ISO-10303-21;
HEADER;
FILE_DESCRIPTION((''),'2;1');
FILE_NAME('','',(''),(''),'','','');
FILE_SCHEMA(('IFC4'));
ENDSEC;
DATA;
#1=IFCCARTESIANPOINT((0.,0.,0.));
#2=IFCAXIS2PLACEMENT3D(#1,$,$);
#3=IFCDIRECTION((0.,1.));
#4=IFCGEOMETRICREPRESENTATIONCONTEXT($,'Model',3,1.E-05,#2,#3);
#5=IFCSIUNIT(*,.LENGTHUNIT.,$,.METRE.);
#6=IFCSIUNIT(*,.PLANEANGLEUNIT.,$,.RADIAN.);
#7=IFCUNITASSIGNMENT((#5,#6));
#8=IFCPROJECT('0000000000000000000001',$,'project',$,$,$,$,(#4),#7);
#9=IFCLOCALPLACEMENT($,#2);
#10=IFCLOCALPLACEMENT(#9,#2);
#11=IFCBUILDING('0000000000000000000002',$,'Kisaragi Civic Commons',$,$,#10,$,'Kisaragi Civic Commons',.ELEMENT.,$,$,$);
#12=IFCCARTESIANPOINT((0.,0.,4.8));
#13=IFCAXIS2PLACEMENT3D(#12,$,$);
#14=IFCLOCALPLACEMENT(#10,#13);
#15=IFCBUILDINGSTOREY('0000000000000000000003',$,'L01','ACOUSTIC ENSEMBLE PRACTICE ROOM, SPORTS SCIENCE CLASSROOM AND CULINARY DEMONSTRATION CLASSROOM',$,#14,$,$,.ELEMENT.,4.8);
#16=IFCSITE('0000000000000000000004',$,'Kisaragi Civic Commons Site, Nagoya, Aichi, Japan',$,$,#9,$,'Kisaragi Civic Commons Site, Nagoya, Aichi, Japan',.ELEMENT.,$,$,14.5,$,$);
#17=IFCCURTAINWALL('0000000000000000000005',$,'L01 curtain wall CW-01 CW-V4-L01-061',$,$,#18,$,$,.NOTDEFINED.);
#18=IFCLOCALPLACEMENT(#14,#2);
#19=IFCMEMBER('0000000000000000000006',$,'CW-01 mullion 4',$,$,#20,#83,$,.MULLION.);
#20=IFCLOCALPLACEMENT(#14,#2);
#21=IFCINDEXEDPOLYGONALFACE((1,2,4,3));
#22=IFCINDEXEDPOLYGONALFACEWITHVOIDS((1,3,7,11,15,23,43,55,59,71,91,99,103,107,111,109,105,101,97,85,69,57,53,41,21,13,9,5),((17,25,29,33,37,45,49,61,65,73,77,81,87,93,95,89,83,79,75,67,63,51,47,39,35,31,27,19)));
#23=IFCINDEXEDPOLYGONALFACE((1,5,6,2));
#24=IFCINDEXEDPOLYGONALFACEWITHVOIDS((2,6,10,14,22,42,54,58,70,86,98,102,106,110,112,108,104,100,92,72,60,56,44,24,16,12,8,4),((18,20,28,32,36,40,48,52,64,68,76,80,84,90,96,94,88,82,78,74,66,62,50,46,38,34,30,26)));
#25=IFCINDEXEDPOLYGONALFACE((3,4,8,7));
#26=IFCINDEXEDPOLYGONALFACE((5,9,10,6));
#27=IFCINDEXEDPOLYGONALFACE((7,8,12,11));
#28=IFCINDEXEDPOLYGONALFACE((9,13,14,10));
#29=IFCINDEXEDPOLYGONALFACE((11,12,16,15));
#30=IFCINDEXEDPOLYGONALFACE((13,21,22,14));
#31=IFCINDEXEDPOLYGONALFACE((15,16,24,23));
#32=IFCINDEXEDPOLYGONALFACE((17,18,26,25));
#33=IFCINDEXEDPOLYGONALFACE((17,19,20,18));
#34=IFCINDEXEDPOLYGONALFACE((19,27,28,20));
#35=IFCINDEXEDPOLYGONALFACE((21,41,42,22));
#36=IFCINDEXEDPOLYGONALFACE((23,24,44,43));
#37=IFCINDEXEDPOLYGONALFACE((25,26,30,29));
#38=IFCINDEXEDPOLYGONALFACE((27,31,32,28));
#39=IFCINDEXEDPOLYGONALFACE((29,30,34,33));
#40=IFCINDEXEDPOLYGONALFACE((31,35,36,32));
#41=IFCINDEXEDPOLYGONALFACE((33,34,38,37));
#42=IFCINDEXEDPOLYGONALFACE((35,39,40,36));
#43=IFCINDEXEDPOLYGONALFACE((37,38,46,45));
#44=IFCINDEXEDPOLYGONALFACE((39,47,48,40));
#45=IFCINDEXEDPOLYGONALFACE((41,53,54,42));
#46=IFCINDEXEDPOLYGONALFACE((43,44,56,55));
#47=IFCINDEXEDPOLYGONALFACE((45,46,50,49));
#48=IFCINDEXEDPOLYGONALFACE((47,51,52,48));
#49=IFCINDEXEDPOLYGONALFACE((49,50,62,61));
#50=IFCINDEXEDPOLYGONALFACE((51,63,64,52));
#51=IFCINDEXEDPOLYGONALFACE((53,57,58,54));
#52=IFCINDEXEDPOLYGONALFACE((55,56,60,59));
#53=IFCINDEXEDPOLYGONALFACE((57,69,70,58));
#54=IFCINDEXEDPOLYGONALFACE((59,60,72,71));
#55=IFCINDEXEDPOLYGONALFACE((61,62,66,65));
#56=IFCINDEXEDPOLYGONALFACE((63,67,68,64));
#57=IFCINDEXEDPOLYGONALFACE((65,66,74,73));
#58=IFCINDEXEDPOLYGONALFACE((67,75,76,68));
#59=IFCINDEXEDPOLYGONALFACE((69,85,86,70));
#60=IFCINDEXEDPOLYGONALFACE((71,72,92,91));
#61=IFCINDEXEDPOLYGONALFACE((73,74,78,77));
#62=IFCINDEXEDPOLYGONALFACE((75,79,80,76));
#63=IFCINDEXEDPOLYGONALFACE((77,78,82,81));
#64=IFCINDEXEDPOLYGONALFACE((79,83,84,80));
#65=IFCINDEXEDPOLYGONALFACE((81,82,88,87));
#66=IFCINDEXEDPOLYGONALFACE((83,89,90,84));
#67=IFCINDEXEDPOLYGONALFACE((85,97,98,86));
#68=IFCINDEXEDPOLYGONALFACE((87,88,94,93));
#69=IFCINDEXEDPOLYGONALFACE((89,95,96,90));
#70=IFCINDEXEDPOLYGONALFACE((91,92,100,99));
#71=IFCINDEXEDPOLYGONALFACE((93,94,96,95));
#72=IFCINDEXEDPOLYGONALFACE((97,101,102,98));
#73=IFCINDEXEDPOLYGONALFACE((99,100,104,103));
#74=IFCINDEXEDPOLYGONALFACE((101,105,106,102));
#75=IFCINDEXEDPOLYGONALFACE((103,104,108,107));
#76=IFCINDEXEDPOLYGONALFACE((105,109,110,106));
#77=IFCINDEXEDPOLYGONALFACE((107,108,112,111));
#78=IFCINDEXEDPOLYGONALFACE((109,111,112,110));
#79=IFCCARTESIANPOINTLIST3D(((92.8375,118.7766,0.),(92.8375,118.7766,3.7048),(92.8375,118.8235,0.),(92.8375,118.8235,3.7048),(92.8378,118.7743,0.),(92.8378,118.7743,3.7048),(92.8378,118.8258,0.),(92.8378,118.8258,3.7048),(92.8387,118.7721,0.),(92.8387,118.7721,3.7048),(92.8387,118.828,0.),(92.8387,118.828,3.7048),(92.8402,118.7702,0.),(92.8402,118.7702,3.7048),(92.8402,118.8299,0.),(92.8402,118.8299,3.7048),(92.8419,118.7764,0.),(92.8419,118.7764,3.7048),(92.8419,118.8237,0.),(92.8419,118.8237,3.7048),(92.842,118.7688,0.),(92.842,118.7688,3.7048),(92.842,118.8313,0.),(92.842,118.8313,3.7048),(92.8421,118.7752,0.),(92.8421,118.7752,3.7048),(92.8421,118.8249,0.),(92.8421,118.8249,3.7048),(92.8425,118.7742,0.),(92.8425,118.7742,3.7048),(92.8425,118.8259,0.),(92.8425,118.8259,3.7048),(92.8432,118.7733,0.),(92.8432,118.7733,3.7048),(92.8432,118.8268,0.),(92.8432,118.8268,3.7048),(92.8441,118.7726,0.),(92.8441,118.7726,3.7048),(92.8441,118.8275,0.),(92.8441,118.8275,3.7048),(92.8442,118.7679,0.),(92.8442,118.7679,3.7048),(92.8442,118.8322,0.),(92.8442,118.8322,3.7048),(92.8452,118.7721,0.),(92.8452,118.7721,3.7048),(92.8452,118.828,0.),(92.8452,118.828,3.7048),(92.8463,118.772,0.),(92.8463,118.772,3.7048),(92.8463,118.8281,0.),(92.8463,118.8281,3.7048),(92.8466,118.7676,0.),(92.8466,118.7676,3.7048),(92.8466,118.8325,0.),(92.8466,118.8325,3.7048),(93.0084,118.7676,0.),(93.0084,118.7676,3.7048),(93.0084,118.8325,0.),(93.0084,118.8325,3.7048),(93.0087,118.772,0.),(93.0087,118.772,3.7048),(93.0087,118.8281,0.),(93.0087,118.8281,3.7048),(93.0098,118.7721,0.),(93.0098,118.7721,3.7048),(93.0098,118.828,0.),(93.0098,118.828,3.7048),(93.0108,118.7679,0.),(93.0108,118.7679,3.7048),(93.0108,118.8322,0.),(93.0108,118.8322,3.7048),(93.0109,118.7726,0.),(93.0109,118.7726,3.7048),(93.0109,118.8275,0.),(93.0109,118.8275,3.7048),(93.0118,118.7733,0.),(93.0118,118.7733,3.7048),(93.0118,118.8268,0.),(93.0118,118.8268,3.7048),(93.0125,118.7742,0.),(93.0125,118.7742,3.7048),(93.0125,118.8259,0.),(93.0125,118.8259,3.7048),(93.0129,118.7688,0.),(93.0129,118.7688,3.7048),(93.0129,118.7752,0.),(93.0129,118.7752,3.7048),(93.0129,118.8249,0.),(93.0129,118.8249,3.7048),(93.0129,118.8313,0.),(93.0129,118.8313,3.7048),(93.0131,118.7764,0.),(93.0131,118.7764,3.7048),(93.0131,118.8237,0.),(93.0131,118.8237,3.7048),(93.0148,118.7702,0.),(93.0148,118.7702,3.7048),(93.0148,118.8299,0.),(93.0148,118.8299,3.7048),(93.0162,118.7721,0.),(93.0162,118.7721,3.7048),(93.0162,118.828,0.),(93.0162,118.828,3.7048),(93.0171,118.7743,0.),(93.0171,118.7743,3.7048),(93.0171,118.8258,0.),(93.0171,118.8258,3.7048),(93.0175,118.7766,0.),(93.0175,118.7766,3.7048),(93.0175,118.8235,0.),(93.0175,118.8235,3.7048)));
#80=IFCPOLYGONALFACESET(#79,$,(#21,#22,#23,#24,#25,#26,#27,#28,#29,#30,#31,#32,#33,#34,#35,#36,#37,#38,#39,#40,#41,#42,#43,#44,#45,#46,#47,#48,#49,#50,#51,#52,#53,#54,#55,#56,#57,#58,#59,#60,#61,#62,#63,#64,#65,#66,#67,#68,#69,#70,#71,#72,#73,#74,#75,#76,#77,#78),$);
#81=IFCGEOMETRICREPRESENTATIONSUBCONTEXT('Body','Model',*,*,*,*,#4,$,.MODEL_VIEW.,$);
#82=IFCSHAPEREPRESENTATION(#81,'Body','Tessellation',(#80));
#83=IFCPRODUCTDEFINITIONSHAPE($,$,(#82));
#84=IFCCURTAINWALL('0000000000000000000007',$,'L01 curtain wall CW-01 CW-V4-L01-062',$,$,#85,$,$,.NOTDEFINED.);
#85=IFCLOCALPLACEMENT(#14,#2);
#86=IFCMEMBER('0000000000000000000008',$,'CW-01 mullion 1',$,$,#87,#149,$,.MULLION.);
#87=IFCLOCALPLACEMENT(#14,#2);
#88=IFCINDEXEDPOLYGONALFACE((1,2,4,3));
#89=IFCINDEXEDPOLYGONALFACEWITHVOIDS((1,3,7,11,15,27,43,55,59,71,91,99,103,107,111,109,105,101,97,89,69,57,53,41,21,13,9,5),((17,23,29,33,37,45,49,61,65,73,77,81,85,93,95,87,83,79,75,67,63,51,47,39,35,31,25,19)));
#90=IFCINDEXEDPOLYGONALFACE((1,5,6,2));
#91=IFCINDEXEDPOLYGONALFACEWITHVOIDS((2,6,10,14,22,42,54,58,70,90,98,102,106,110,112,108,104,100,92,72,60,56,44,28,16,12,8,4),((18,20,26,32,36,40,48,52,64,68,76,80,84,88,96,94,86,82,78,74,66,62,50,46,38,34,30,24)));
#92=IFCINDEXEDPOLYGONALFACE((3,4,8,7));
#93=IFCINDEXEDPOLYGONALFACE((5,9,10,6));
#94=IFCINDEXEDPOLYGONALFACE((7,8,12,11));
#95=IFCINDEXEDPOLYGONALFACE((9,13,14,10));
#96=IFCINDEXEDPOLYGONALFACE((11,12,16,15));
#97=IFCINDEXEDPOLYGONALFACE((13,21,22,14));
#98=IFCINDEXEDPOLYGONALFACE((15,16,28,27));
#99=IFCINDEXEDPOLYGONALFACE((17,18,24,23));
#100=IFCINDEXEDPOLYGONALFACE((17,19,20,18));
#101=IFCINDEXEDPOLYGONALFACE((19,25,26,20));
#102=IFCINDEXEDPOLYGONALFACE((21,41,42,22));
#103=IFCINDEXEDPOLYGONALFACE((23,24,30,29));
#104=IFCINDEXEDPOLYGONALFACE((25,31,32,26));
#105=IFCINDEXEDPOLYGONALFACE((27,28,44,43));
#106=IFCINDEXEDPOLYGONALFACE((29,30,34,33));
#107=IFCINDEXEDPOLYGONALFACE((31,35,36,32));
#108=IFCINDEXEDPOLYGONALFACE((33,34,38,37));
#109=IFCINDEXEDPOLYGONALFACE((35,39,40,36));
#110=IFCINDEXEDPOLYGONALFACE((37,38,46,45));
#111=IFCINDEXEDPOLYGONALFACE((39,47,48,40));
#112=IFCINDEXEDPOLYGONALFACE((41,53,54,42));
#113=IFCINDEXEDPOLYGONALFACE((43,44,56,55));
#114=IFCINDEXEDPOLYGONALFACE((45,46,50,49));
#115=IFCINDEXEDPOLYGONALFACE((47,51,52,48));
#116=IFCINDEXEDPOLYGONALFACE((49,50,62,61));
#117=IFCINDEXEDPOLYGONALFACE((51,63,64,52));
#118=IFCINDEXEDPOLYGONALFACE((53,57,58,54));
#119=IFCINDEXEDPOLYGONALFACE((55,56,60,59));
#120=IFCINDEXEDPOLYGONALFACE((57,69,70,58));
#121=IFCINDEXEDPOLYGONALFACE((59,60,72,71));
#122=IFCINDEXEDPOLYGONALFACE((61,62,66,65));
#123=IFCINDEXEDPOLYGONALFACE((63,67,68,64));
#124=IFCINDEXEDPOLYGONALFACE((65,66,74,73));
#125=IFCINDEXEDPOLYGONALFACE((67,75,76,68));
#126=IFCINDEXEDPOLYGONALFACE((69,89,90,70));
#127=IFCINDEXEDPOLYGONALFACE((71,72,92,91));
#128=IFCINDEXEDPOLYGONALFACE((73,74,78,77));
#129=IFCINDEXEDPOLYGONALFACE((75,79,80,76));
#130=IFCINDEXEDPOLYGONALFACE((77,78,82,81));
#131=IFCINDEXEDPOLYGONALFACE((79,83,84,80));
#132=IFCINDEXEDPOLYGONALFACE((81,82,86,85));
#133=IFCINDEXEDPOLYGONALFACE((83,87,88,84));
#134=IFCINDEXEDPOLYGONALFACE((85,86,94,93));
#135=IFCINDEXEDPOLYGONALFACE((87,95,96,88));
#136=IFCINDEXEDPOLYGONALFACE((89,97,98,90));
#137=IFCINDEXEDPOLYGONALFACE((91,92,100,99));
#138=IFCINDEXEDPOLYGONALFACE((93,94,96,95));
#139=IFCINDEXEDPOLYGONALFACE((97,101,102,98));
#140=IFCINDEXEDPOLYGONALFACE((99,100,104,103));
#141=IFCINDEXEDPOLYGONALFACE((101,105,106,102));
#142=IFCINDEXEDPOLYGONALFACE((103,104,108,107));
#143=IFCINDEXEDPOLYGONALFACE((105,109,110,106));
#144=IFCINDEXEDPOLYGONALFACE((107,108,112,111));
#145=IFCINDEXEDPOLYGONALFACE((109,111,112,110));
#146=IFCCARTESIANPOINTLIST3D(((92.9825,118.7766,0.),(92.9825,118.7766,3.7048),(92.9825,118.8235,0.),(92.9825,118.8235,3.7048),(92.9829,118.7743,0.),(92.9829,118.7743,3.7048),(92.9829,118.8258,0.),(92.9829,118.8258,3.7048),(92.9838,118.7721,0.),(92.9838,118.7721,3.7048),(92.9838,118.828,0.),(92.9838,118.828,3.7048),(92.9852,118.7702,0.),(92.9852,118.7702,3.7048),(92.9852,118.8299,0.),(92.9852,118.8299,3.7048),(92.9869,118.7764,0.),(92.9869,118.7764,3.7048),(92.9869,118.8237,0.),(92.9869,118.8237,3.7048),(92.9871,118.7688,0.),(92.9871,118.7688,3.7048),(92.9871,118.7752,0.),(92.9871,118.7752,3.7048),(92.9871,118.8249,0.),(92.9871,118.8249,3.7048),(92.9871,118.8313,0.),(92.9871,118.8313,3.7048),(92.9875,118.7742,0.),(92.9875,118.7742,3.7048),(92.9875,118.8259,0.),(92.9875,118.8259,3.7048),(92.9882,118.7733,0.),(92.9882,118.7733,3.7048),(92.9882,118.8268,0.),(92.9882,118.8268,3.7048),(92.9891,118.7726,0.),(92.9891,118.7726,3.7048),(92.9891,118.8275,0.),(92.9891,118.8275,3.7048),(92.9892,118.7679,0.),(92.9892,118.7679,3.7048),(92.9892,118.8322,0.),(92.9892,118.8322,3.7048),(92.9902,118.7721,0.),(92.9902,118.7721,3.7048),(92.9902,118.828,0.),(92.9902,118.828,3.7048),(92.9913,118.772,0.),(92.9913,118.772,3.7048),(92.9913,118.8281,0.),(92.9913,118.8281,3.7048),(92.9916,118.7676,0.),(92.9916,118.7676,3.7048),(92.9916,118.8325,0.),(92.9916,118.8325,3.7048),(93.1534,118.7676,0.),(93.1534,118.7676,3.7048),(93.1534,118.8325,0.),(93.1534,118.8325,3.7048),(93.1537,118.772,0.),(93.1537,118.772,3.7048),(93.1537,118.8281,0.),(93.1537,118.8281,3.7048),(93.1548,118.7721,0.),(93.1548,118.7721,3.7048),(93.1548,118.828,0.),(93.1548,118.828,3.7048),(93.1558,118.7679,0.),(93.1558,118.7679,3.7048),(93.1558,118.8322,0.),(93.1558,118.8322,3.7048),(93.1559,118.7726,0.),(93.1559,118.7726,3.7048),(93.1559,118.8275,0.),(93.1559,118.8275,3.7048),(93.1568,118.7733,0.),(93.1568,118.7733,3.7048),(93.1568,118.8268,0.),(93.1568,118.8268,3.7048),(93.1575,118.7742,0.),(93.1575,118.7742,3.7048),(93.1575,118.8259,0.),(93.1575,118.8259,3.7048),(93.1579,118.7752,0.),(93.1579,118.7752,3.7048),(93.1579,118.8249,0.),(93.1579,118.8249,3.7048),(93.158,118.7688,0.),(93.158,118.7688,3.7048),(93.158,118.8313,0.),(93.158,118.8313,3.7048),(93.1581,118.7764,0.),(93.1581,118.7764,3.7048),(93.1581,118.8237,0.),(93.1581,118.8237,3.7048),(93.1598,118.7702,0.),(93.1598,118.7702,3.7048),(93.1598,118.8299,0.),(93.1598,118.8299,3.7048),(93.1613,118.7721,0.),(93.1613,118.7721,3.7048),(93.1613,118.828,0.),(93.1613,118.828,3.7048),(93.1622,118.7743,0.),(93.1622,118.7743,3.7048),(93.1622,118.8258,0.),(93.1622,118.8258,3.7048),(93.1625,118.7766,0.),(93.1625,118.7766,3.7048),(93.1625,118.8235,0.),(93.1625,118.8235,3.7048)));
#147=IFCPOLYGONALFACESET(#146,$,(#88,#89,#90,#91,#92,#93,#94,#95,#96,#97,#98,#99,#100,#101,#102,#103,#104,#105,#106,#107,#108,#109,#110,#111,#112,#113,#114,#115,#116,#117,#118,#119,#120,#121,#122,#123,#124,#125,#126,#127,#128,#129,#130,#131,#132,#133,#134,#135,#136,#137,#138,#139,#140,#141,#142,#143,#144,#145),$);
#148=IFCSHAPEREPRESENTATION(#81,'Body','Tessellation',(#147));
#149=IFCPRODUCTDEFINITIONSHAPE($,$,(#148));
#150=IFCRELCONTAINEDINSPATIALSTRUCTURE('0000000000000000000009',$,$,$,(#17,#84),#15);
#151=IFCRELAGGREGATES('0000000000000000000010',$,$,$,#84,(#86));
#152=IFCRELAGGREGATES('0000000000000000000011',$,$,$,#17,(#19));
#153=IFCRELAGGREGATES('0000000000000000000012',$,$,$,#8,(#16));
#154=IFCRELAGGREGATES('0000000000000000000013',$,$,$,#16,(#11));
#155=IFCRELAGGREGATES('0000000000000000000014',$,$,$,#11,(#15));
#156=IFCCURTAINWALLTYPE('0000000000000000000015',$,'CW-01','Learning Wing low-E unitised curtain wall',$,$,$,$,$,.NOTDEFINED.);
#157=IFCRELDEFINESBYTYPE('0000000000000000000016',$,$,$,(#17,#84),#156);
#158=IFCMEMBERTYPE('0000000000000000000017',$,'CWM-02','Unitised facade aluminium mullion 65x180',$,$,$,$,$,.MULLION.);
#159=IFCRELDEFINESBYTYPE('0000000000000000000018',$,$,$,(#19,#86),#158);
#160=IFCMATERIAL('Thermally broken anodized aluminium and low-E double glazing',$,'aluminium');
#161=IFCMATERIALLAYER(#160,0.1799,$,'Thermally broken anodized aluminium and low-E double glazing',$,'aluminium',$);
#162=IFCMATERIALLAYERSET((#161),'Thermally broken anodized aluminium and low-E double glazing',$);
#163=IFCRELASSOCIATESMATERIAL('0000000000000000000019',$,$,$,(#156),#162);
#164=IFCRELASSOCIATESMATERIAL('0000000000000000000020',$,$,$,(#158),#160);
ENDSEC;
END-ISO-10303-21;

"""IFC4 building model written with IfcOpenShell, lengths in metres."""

from ifc_helpers import new_model, si_unit, direction, frame, origin, origin_2d, place, context, subcontext, project, spatial, hollow_rectangle, extrude, material, layer, layer_set, material_profile, profile_set, type_object, element, aggregate, save


model = new_model("IFC4")

# Units and contexts
model_context = context("Model", 3, precision=1e-05, world=origin(), true_north=direction((0.0, 1.0)))
body_context = subcontext(model_context, "Body", "Model", "MODEL_VIEW")
ifc_project = project(units=[si_unit("LENGTHUNIT", "METRE"), si_unit("PLANEANGLEUNIT", "RADIAN")], contexts=[model_context])

# Site, building, storey
site_placement = place(None, origin())
site = spatial("IfcSite", under=ifc_project, at=site_placement, Name="Kisaragi Civic Commons Site, Nagoya, Aichi, Japan", LongName="Kisaragi Civic Commons Site, Nagoya, Aichi, Japan", CompositionType="ELEMENT", RefElevation=14.5)
building_placement = place(site_placement, origin())
building = spatial("IfcBuilding", under=site, at=building_placement, Name="Kisaragi Civic Commons", LongName="Kisaragi Civic Commons", CompositionType="ELEMENT")
storey_placement = place(building_placement, frame((0.0, 0.0, 4.8)))
storey = spatial("IfcBuildingStorey", under=building, at=storey_placement, Name="L01", Description="ACOUSTIC ENSEMBLE PRACTICE ROOM, SPORTS SCIENCE CLASSROOM AND CULINARY DEMONSTRATION CLASSROOM", CompositionType="ELEMENT", Elevation=4.8)

# Curtain walls, members
ifc_material_1 = material(Name="Thermally broken anodized aluminium and low-E double glazing", Category="aluminium")
ifc_layer_1 = layer(ifc_material_1, 0.1799, Name="Thermally broken anodized aluminium and low-E double glazing", Category="aluminium")
ifc_layer_set_1 = layer_set([ifc_layer_1], Name="Thermally broken anodized aluminium and low-E double glazing")
curtain_wall_type = type_object("IfcCurtainWallType", Name="CW-01", Description="Learning Wing low-E unitised curtain wall", PredefinedType="NOTDEFINED", material=ifc_layer_set_1)
curtain_wall_1_placement = place(storey_placement, origin())
curtain_wall_1 = element("IfcCurtainWall", 1, at=curtain_wall_1_placement, inside=storey, type_object=curtain_wall_type, Name="L01 curtain wall CW-01 CW-V4-L01-061", PredefinedType="NOTDEFINED")
ifc_material_profile_1 = material_profile(ifc_material_1, hollow_rectangle(XDim=0.0649, YDim=0.1799, WallThickness=0.0044, InnerFilletRadius=0.0044, OuterFilletRadius=0.009, at=origin_2d()), Name="CWM-65x180x4.5", Category="aluminium")
ifc_profile_set_1 = profile_set([ifc_material_profile_1], Name="Thermally broken anodized aluminium and low-E double glazing")
member_type_1 = type_object("IfcMemberType", Name="CWM-02", Description="Unitised facade aluminium mullion 65x180", PredefinedType="MULLION", material=ifc_profile_set_1)
member_1_placement = place(storey_placement, frame((92.9275, 118.8, 0.0), z_axis=(0.0, 0.0, 1.0), x_axis=(0.0, 1.0, 0.0)))
member_1 = element("IfcMember", 2, at=member_1_placement, type_object=member_type_1, Name="CW-01 mullion 4", PredefinedType="MULLION", context=body_context, shape_type="SweptSolid", body=[
    extrude(hollow_rectangle(XDim=0.0649, YDim=0.1799, WallThickness=0.0044, InnerFilletRadius=0.0044, OuterFilletRadius=0.009, at=origin_2d()), origin(), (0.0, 0.0, 1.0), 3.7048),
])
curtain_wall_2_placement = place(storey_placement, origin())
curtain_wall_2 = element("IfcCurtainWall", 3, at=curtain_wall_2_placement, inside=storey, type_object=curtain_wall_type, Name="L01 curtain wall CW-01 CW-V4-L01-062", PredefinedType="NOTDEFINED")
member_2_placement = place(storey_placement, frame((93.0725, 118.8, 0.0), z_axis=(0.0, 0.0, 1.0), x_axis=(0.0, 1.0, 0.0)))
member_2 = element("IfcMember", 4, at=member_2_placement, type_object=member_type_1, Name="CW-01 mullion 1", PredefinedType="MULLION", context=body_context, shape_type="SweptSolid", body=[
    extrude(hollow_rectangle(XDim=0.0649, YDim=0.1799, WallThickness=0.0044, InnerFilletRadius=0.0044, OuterFilletRadius=0.009, at=origin_2d()), origin(), (0.0, 0.0, 1.0), 3.7048),
])

aggregate(curtain_wall_2, [member_2])

aggregate(curtain_wall_1, [member_1])

save(model, "model.ifc")
